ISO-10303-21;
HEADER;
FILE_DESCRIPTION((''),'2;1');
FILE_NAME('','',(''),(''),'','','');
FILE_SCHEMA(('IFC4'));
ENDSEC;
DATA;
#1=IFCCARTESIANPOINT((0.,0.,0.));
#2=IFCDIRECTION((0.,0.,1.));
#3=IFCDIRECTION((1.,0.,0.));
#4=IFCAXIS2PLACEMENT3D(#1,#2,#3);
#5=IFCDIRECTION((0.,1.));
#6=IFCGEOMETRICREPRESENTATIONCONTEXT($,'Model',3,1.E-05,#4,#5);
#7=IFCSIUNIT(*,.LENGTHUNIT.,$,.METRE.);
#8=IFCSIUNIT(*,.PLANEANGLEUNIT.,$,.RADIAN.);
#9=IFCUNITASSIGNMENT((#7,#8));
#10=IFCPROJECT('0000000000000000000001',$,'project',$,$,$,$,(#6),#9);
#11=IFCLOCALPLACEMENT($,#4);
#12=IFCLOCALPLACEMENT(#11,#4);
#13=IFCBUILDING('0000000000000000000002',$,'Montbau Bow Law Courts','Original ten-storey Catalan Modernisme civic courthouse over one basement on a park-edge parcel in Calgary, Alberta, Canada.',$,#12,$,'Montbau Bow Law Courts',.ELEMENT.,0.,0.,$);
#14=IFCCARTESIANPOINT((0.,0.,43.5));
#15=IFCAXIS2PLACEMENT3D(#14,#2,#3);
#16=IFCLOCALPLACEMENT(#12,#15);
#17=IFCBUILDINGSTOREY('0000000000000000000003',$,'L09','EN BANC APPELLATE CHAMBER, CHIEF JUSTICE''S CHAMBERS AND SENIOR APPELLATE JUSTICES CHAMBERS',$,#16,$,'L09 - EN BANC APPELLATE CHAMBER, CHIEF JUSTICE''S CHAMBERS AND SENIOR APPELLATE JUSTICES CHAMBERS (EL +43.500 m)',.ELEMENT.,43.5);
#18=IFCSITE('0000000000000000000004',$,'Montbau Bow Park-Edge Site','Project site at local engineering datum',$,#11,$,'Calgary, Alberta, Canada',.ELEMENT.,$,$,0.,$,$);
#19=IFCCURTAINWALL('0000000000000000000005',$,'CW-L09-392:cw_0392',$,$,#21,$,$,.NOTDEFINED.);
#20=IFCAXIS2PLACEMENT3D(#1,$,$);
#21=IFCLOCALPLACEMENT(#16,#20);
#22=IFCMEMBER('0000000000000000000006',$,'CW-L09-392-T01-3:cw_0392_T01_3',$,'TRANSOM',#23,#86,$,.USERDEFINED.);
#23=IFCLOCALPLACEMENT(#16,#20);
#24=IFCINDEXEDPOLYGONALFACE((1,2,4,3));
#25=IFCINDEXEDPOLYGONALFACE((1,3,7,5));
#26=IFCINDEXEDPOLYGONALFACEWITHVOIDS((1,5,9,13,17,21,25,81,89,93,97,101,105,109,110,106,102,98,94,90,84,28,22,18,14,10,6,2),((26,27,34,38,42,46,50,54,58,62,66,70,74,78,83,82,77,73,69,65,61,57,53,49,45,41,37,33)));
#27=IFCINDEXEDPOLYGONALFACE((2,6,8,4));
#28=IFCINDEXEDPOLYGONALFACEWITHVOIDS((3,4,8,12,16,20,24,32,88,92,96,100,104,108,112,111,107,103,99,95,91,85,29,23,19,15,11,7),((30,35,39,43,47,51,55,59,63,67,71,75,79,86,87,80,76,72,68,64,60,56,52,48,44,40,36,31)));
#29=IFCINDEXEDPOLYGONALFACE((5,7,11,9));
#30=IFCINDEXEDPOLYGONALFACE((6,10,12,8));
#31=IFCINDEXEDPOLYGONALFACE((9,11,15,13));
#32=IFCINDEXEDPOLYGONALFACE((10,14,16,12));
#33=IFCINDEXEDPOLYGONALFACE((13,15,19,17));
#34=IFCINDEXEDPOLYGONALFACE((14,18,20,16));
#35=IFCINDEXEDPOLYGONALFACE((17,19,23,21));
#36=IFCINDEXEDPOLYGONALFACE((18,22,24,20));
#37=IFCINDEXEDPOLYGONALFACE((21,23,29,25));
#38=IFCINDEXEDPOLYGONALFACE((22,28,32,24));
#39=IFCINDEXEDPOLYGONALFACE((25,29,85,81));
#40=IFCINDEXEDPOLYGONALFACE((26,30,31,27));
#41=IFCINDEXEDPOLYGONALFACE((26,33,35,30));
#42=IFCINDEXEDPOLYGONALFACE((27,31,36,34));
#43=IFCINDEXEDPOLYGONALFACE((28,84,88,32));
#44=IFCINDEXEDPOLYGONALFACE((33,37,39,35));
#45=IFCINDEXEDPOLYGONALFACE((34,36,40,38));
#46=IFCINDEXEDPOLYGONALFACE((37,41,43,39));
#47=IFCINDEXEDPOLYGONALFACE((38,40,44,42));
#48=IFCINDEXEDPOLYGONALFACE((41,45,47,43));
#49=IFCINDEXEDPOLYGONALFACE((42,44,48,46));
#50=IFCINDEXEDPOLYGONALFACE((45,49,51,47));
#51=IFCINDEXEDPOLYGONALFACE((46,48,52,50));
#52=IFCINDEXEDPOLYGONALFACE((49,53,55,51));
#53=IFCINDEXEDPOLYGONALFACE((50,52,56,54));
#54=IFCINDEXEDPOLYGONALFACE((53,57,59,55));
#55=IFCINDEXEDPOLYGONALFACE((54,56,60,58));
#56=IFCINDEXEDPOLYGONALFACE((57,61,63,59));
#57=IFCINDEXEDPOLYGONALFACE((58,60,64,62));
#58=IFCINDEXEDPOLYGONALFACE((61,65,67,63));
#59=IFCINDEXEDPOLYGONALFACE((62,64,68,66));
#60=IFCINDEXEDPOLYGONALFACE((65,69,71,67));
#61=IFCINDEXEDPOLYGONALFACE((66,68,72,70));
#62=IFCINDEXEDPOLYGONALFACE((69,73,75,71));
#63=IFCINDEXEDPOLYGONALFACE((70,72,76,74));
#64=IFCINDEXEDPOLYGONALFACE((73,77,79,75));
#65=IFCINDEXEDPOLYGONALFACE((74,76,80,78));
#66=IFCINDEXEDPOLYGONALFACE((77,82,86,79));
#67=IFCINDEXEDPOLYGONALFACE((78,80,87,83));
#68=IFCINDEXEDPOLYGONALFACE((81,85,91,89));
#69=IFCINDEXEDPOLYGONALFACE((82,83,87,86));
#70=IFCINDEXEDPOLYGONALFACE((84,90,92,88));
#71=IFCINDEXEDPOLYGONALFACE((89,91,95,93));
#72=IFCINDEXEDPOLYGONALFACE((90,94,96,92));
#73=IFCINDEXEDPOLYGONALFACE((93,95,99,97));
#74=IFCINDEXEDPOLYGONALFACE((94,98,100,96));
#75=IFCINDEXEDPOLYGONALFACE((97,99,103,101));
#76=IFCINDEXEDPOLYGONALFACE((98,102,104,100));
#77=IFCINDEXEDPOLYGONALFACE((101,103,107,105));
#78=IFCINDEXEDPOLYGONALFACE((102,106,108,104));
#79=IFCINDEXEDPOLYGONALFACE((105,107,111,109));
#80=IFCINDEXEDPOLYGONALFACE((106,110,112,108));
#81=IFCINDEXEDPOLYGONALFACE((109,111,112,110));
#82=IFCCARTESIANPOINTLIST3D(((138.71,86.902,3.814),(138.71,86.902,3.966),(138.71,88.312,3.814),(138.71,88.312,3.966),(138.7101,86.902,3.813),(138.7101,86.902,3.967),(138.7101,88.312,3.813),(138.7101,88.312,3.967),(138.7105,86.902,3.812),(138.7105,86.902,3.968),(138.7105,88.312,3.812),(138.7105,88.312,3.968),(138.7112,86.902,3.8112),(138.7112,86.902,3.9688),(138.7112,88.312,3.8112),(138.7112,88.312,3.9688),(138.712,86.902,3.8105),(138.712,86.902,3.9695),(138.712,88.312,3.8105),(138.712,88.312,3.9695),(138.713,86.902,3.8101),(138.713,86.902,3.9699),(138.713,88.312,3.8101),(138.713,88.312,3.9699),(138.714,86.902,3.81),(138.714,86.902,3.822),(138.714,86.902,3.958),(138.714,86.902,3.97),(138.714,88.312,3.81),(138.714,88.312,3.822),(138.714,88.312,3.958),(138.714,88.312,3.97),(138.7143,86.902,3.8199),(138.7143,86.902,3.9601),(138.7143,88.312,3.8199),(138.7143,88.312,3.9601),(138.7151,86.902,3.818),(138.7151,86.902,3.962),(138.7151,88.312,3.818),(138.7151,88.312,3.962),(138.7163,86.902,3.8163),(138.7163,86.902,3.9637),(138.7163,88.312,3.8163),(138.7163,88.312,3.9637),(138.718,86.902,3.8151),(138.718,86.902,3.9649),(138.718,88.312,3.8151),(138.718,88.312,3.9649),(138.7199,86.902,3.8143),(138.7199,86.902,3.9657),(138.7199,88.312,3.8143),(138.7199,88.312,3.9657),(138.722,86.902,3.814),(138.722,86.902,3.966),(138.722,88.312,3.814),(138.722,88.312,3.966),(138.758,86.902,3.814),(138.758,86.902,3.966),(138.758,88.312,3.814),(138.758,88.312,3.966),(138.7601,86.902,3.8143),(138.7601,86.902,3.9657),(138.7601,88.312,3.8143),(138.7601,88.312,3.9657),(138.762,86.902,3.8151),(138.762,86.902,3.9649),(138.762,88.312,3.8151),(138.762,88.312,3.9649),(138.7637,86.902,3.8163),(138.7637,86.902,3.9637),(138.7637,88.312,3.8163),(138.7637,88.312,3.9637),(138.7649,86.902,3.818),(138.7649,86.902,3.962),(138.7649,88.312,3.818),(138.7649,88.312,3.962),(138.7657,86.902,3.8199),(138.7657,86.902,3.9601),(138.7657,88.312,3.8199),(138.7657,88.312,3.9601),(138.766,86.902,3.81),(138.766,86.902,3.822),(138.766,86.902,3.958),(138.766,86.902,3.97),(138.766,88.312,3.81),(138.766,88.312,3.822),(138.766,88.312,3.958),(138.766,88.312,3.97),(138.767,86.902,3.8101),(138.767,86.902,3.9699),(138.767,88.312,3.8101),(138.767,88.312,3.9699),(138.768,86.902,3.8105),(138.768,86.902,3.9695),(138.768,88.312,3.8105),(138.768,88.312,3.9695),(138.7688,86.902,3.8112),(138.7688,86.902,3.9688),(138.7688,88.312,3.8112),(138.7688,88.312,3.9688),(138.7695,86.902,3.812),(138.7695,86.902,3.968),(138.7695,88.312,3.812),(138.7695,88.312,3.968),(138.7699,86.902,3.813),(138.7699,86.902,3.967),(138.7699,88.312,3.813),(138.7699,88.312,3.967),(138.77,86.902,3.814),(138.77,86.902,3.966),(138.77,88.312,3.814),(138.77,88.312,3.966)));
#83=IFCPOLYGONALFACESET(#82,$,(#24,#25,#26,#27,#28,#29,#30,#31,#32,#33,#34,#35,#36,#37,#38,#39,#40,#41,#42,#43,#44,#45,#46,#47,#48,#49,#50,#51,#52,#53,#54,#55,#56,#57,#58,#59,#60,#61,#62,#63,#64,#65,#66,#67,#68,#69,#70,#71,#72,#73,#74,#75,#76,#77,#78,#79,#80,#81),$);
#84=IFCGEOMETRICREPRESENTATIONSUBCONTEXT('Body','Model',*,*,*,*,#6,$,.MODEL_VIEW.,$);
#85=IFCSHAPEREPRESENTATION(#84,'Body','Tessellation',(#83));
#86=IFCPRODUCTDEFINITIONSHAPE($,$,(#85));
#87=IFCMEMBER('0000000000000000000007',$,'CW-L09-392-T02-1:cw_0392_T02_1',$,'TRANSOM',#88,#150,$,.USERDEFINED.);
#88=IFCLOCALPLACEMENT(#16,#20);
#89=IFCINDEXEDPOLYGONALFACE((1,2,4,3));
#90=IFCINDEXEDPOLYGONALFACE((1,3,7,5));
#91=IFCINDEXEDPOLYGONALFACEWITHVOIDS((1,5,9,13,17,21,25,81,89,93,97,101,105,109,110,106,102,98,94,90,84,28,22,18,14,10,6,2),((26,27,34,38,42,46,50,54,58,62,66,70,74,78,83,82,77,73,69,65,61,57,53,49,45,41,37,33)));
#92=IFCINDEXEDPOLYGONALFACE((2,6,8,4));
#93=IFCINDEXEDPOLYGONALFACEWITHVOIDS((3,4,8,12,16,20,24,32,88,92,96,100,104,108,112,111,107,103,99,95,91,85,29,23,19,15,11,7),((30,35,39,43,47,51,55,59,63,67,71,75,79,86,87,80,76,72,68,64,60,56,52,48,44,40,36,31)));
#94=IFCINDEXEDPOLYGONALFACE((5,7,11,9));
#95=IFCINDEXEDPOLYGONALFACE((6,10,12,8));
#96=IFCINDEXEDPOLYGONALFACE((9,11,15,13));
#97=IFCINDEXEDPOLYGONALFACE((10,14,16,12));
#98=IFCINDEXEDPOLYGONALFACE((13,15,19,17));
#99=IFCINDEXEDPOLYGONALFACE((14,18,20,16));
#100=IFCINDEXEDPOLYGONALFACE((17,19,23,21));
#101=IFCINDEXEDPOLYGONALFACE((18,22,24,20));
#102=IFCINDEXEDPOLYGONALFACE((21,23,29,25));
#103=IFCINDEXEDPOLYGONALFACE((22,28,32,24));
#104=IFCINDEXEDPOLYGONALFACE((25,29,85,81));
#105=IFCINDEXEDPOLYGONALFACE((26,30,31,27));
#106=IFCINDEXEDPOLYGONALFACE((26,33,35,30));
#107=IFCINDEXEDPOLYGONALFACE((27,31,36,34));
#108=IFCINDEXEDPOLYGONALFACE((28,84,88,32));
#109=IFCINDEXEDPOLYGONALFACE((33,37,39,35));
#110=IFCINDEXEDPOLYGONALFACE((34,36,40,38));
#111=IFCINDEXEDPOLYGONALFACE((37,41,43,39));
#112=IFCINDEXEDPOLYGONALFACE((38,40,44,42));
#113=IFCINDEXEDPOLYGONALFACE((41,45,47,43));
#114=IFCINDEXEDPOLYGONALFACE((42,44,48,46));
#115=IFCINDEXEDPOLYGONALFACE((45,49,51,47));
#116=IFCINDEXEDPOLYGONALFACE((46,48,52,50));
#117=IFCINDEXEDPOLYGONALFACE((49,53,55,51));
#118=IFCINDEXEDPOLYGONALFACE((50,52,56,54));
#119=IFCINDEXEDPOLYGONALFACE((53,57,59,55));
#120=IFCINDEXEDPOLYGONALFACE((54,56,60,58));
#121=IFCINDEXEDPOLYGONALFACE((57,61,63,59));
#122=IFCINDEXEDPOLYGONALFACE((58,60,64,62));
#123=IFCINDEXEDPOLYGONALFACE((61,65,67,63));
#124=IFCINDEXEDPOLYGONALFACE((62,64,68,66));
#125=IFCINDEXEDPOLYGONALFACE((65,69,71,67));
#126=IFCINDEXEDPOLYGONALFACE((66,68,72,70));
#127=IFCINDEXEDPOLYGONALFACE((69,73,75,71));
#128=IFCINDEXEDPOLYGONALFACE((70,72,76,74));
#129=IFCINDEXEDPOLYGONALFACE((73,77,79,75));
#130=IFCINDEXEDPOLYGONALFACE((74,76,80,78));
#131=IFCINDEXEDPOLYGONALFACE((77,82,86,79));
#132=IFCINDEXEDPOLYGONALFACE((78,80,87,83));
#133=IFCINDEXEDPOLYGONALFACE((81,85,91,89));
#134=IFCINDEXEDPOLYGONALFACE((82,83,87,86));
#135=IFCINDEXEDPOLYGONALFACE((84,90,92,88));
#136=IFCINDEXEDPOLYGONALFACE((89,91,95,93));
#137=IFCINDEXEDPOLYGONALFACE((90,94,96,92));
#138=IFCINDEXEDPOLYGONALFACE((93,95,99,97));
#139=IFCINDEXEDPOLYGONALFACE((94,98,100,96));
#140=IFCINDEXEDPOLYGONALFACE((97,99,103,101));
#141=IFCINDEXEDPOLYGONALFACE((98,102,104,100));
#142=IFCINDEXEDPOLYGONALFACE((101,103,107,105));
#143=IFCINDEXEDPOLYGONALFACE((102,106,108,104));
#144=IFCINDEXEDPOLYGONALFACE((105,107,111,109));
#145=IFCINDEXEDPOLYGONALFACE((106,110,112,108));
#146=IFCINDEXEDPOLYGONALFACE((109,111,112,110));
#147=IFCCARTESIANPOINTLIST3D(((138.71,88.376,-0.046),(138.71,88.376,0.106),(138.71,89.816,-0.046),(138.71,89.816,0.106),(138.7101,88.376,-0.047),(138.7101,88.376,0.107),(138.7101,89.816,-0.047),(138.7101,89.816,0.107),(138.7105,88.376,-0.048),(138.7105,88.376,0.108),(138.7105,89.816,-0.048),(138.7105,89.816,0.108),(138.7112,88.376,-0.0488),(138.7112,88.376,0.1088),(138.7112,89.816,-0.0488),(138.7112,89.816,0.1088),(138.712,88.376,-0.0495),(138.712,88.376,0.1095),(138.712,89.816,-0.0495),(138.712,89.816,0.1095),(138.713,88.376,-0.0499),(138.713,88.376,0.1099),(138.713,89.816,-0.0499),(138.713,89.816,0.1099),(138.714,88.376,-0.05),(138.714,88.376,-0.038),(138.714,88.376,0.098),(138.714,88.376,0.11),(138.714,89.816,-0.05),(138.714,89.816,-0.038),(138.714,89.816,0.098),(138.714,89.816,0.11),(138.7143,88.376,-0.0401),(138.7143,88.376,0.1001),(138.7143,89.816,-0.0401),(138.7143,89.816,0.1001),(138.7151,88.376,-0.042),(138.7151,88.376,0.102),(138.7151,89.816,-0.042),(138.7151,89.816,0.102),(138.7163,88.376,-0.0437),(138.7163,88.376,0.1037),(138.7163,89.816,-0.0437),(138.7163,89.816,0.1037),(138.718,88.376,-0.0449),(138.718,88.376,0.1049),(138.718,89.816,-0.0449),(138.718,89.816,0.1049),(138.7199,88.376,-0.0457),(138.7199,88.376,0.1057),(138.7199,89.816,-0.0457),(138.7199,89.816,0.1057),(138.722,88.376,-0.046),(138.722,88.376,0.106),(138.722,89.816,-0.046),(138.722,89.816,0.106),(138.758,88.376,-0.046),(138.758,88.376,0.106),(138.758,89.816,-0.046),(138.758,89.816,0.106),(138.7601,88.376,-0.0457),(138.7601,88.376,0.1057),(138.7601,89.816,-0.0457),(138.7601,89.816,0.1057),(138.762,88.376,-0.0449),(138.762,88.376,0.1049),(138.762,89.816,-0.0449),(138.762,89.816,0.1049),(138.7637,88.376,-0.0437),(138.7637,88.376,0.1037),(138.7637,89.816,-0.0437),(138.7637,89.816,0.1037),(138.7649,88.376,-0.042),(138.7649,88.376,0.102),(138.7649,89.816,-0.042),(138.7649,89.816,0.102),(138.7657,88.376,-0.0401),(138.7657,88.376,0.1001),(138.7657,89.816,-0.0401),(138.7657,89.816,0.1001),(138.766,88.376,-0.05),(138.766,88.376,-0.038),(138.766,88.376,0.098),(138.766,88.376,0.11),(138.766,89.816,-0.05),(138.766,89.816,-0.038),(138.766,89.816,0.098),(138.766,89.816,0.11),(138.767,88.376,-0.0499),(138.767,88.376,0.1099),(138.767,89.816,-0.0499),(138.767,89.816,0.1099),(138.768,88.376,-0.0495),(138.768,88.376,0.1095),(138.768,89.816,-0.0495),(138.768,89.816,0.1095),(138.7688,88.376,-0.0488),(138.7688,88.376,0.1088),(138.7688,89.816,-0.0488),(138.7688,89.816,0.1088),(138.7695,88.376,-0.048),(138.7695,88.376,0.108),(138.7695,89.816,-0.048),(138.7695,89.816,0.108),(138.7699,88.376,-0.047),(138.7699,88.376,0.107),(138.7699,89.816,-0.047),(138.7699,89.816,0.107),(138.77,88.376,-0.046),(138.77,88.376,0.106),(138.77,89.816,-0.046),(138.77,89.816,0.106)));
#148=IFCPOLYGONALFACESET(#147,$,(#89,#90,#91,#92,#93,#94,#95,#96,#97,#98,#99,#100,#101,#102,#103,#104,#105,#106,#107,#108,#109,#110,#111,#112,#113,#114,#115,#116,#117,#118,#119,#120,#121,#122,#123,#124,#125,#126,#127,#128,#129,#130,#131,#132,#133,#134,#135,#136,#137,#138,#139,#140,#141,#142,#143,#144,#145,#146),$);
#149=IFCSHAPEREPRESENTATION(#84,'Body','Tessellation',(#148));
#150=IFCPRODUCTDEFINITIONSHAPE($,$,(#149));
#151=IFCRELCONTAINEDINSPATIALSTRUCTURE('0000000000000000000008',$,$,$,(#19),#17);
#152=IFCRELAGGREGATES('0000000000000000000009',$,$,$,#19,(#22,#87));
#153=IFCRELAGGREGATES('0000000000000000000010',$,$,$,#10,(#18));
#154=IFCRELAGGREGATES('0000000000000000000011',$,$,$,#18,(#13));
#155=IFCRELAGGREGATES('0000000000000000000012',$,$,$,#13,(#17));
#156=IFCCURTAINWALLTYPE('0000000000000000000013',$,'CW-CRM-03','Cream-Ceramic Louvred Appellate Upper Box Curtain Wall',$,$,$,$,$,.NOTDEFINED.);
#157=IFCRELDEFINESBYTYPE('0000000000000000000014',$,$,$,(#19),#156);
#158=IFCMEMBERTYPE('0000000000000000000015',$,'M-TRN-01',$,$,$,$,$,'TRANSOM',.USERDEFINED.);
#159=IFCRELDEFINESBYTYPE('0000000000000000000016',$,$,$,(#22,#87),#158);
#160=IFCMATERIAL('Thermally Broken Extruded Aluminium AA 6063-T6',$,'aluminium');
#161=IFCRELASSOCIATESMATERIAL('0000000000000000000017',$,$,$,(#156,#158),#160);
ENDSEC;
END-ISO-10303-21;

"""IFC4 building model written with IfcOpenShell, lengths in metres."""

from ifc_helpers import new_model, si_unit, direction, frame, origin_with_axes, origin_2d_with_axis, place, context, subcontext, project, spatial, hollow_rectangle, extrude, material, material_profile, profile_set, type_object, element, aggregate, save


model = new_model("IFC4")

# Units and contexts
model_context = context("Model", 3, precision=1e-05, world=origin_with_axes(), true_north=direction((0.0, 1.0)))
body_context = subcontext(model_context, "Body", "Model", "MODEL_VIEW")
ifc_project = project(units=[si_unit("LENGTHUNIT", "METRE"), si_unit("PLANEANGLEUNIT", "RADIAN")], contexts=[model_context])

# Site, building, storey
site_placement = place(None, origin_with_axes())
site = spatial("IfcSite", under=ifc_project, at=site_placement, Name="Montbau Bow Park-Edge Site", Description="Project site at local engineering datum", LongName="Calgary, Alberta, Canada", CompositionType="ELEMENT", RefElevation=0.0)
building_placement = place(site_placement, origin_with_axes())
building = spatial("IfcBuilding", under=site, at=building_placement, Name="Montbau Bow Law Courts", Description="Original ten-storey Catalan Modernisme civic courthouse over one basement on a park-edge parcel in Calgary, Alberta, Canada.", LongName="Montbau Bow Law Courts", CompositionType="ELEMENT", ElevationOfRefHeight=0.0, ElevationOfTerrain=0.0)
storey_placement = place(building_placement, frame((0.0, 0.0, 43.5), z_axis=(0.0, 0.0, 1.0), x_axis=(1.0, 0.0, 0.0)))
storey = spatial("IfcBuildingStorey", under=building, at=storey_placement, Name="L09", Description="EN BANC APPELLATE CHAMBER, CHIEF JUSTICE'S CHAMBERS AND SENIOR APPELLATE JUSTICES CHAMBERS", LongName="L09 - EN BANC APPELLATE CHAMBER, CHIEF JUSTICE'S CHAMBERS AND SENIOR APPELLATE JUSTICES CHAMBERS (EL +43.500 m)", CompositionType="ELEMENT", Elevation=43.5)

# Curtain wall, members
ifc_material_1 = material(Name="Thermally Broken Extruded Aluminium AA 6063-T6", Category="aluminium")
curtain_wall_type = type_object("IfcCurtainWallType", Name="CW-CRM-03", Description="Cream-Ceramic Louvred Appellate Upper Box Curtain Wall", PredefinedType="NOTDEFINED", material=ifc_material_1)
curtain_wall_placement = place(None, frame((138.74, 86.84, 43.5), z_axis=(0.0, 0.0, 1.0), x_axis=(1.0, 0.0, 0.0)))
curtain_wall = element("IfcCurtainWall", 1, at=curtain_wall_placement, inside=storey, type_object=curtain_wall_type, Name="CW-L09-392:cw_0392", PredefinedType="NOTDEFINED")
ifc_material_profile_1 = material_profile(ifc_material_1, hollow_rectangle(XDim=0.06, YDim=0.16, WallThickness=0.004, InnerFilletRadius=0.008, OuterFilletRadius=0.004, at=origin_2d_with_axis()), Name="CWT-160X60", Category="Main", Priority=0)
ifc_profile_set_1 = profile_set([ifc_material_profile_1], Name="Thermally Broken Extruded Aluminium AA 6063-T6")
member_type_1 = type_object("IfcMemberType", Name="M-TRN-01", ElementType="TRANSOM", PredefinedType="USERDEFINED", material=ifc_profile_set_1)
member_1_placement = place(None, frame((138.74, 86.902, 47.39), z_axis=(0.0, 1.0, 0.0), x_axis=(-1.0, 0.0, 0.0)))
member_1 = element("IfcMember", 2, at=member_1_placement, type_object=member_type_1, Name="CW-L09-392-T01-3:cw_0392_T01_3", ObjectType="TRANSOM", PredefinedType="USERDEFINED", context=body_context, shape_type="SweptSolid", body=[
    extrude(hollow_rectangle(XDim=0.06, YDim=0.16, WallThickness=0.004, InnerFilletRadius=0.008, OuterFilletRadius=0.004, at=origin_2d_with_axis()), origin_with_axes(), (0.0, 0.0, 1.0), 1.41),
])
member_2_placement = place(None, frame((138.74, 88.376, 43.53), z_axis=(0.0, 1.0, 0.0), x_axis=(-1.0, 0.0, 0.0)))
member_2 = element("IfcMember", 3, at=member_2_placement, type_object=member_type_1, Name="CW-L09-392-T02-1:cw_0392_T02_1", ObjectType="TRANSOM", PredefinedType="USERDEFINED", context=body_context, shape_type="SweptSolid", body=[
    extrude(hollow_rectangle(XDim=0.06, YDim=0.16, WallThickness=0.004, InnerFilletRadius=0.008, OuterFilletRadius=0.004, at=origin_2d_with_axis()), origin_with_axes(), (0.0, 0.0, 1.0), 1.44),
])
aggregate(curtain_wall, [member_1, member_2])

save(model, "model.ifc")
